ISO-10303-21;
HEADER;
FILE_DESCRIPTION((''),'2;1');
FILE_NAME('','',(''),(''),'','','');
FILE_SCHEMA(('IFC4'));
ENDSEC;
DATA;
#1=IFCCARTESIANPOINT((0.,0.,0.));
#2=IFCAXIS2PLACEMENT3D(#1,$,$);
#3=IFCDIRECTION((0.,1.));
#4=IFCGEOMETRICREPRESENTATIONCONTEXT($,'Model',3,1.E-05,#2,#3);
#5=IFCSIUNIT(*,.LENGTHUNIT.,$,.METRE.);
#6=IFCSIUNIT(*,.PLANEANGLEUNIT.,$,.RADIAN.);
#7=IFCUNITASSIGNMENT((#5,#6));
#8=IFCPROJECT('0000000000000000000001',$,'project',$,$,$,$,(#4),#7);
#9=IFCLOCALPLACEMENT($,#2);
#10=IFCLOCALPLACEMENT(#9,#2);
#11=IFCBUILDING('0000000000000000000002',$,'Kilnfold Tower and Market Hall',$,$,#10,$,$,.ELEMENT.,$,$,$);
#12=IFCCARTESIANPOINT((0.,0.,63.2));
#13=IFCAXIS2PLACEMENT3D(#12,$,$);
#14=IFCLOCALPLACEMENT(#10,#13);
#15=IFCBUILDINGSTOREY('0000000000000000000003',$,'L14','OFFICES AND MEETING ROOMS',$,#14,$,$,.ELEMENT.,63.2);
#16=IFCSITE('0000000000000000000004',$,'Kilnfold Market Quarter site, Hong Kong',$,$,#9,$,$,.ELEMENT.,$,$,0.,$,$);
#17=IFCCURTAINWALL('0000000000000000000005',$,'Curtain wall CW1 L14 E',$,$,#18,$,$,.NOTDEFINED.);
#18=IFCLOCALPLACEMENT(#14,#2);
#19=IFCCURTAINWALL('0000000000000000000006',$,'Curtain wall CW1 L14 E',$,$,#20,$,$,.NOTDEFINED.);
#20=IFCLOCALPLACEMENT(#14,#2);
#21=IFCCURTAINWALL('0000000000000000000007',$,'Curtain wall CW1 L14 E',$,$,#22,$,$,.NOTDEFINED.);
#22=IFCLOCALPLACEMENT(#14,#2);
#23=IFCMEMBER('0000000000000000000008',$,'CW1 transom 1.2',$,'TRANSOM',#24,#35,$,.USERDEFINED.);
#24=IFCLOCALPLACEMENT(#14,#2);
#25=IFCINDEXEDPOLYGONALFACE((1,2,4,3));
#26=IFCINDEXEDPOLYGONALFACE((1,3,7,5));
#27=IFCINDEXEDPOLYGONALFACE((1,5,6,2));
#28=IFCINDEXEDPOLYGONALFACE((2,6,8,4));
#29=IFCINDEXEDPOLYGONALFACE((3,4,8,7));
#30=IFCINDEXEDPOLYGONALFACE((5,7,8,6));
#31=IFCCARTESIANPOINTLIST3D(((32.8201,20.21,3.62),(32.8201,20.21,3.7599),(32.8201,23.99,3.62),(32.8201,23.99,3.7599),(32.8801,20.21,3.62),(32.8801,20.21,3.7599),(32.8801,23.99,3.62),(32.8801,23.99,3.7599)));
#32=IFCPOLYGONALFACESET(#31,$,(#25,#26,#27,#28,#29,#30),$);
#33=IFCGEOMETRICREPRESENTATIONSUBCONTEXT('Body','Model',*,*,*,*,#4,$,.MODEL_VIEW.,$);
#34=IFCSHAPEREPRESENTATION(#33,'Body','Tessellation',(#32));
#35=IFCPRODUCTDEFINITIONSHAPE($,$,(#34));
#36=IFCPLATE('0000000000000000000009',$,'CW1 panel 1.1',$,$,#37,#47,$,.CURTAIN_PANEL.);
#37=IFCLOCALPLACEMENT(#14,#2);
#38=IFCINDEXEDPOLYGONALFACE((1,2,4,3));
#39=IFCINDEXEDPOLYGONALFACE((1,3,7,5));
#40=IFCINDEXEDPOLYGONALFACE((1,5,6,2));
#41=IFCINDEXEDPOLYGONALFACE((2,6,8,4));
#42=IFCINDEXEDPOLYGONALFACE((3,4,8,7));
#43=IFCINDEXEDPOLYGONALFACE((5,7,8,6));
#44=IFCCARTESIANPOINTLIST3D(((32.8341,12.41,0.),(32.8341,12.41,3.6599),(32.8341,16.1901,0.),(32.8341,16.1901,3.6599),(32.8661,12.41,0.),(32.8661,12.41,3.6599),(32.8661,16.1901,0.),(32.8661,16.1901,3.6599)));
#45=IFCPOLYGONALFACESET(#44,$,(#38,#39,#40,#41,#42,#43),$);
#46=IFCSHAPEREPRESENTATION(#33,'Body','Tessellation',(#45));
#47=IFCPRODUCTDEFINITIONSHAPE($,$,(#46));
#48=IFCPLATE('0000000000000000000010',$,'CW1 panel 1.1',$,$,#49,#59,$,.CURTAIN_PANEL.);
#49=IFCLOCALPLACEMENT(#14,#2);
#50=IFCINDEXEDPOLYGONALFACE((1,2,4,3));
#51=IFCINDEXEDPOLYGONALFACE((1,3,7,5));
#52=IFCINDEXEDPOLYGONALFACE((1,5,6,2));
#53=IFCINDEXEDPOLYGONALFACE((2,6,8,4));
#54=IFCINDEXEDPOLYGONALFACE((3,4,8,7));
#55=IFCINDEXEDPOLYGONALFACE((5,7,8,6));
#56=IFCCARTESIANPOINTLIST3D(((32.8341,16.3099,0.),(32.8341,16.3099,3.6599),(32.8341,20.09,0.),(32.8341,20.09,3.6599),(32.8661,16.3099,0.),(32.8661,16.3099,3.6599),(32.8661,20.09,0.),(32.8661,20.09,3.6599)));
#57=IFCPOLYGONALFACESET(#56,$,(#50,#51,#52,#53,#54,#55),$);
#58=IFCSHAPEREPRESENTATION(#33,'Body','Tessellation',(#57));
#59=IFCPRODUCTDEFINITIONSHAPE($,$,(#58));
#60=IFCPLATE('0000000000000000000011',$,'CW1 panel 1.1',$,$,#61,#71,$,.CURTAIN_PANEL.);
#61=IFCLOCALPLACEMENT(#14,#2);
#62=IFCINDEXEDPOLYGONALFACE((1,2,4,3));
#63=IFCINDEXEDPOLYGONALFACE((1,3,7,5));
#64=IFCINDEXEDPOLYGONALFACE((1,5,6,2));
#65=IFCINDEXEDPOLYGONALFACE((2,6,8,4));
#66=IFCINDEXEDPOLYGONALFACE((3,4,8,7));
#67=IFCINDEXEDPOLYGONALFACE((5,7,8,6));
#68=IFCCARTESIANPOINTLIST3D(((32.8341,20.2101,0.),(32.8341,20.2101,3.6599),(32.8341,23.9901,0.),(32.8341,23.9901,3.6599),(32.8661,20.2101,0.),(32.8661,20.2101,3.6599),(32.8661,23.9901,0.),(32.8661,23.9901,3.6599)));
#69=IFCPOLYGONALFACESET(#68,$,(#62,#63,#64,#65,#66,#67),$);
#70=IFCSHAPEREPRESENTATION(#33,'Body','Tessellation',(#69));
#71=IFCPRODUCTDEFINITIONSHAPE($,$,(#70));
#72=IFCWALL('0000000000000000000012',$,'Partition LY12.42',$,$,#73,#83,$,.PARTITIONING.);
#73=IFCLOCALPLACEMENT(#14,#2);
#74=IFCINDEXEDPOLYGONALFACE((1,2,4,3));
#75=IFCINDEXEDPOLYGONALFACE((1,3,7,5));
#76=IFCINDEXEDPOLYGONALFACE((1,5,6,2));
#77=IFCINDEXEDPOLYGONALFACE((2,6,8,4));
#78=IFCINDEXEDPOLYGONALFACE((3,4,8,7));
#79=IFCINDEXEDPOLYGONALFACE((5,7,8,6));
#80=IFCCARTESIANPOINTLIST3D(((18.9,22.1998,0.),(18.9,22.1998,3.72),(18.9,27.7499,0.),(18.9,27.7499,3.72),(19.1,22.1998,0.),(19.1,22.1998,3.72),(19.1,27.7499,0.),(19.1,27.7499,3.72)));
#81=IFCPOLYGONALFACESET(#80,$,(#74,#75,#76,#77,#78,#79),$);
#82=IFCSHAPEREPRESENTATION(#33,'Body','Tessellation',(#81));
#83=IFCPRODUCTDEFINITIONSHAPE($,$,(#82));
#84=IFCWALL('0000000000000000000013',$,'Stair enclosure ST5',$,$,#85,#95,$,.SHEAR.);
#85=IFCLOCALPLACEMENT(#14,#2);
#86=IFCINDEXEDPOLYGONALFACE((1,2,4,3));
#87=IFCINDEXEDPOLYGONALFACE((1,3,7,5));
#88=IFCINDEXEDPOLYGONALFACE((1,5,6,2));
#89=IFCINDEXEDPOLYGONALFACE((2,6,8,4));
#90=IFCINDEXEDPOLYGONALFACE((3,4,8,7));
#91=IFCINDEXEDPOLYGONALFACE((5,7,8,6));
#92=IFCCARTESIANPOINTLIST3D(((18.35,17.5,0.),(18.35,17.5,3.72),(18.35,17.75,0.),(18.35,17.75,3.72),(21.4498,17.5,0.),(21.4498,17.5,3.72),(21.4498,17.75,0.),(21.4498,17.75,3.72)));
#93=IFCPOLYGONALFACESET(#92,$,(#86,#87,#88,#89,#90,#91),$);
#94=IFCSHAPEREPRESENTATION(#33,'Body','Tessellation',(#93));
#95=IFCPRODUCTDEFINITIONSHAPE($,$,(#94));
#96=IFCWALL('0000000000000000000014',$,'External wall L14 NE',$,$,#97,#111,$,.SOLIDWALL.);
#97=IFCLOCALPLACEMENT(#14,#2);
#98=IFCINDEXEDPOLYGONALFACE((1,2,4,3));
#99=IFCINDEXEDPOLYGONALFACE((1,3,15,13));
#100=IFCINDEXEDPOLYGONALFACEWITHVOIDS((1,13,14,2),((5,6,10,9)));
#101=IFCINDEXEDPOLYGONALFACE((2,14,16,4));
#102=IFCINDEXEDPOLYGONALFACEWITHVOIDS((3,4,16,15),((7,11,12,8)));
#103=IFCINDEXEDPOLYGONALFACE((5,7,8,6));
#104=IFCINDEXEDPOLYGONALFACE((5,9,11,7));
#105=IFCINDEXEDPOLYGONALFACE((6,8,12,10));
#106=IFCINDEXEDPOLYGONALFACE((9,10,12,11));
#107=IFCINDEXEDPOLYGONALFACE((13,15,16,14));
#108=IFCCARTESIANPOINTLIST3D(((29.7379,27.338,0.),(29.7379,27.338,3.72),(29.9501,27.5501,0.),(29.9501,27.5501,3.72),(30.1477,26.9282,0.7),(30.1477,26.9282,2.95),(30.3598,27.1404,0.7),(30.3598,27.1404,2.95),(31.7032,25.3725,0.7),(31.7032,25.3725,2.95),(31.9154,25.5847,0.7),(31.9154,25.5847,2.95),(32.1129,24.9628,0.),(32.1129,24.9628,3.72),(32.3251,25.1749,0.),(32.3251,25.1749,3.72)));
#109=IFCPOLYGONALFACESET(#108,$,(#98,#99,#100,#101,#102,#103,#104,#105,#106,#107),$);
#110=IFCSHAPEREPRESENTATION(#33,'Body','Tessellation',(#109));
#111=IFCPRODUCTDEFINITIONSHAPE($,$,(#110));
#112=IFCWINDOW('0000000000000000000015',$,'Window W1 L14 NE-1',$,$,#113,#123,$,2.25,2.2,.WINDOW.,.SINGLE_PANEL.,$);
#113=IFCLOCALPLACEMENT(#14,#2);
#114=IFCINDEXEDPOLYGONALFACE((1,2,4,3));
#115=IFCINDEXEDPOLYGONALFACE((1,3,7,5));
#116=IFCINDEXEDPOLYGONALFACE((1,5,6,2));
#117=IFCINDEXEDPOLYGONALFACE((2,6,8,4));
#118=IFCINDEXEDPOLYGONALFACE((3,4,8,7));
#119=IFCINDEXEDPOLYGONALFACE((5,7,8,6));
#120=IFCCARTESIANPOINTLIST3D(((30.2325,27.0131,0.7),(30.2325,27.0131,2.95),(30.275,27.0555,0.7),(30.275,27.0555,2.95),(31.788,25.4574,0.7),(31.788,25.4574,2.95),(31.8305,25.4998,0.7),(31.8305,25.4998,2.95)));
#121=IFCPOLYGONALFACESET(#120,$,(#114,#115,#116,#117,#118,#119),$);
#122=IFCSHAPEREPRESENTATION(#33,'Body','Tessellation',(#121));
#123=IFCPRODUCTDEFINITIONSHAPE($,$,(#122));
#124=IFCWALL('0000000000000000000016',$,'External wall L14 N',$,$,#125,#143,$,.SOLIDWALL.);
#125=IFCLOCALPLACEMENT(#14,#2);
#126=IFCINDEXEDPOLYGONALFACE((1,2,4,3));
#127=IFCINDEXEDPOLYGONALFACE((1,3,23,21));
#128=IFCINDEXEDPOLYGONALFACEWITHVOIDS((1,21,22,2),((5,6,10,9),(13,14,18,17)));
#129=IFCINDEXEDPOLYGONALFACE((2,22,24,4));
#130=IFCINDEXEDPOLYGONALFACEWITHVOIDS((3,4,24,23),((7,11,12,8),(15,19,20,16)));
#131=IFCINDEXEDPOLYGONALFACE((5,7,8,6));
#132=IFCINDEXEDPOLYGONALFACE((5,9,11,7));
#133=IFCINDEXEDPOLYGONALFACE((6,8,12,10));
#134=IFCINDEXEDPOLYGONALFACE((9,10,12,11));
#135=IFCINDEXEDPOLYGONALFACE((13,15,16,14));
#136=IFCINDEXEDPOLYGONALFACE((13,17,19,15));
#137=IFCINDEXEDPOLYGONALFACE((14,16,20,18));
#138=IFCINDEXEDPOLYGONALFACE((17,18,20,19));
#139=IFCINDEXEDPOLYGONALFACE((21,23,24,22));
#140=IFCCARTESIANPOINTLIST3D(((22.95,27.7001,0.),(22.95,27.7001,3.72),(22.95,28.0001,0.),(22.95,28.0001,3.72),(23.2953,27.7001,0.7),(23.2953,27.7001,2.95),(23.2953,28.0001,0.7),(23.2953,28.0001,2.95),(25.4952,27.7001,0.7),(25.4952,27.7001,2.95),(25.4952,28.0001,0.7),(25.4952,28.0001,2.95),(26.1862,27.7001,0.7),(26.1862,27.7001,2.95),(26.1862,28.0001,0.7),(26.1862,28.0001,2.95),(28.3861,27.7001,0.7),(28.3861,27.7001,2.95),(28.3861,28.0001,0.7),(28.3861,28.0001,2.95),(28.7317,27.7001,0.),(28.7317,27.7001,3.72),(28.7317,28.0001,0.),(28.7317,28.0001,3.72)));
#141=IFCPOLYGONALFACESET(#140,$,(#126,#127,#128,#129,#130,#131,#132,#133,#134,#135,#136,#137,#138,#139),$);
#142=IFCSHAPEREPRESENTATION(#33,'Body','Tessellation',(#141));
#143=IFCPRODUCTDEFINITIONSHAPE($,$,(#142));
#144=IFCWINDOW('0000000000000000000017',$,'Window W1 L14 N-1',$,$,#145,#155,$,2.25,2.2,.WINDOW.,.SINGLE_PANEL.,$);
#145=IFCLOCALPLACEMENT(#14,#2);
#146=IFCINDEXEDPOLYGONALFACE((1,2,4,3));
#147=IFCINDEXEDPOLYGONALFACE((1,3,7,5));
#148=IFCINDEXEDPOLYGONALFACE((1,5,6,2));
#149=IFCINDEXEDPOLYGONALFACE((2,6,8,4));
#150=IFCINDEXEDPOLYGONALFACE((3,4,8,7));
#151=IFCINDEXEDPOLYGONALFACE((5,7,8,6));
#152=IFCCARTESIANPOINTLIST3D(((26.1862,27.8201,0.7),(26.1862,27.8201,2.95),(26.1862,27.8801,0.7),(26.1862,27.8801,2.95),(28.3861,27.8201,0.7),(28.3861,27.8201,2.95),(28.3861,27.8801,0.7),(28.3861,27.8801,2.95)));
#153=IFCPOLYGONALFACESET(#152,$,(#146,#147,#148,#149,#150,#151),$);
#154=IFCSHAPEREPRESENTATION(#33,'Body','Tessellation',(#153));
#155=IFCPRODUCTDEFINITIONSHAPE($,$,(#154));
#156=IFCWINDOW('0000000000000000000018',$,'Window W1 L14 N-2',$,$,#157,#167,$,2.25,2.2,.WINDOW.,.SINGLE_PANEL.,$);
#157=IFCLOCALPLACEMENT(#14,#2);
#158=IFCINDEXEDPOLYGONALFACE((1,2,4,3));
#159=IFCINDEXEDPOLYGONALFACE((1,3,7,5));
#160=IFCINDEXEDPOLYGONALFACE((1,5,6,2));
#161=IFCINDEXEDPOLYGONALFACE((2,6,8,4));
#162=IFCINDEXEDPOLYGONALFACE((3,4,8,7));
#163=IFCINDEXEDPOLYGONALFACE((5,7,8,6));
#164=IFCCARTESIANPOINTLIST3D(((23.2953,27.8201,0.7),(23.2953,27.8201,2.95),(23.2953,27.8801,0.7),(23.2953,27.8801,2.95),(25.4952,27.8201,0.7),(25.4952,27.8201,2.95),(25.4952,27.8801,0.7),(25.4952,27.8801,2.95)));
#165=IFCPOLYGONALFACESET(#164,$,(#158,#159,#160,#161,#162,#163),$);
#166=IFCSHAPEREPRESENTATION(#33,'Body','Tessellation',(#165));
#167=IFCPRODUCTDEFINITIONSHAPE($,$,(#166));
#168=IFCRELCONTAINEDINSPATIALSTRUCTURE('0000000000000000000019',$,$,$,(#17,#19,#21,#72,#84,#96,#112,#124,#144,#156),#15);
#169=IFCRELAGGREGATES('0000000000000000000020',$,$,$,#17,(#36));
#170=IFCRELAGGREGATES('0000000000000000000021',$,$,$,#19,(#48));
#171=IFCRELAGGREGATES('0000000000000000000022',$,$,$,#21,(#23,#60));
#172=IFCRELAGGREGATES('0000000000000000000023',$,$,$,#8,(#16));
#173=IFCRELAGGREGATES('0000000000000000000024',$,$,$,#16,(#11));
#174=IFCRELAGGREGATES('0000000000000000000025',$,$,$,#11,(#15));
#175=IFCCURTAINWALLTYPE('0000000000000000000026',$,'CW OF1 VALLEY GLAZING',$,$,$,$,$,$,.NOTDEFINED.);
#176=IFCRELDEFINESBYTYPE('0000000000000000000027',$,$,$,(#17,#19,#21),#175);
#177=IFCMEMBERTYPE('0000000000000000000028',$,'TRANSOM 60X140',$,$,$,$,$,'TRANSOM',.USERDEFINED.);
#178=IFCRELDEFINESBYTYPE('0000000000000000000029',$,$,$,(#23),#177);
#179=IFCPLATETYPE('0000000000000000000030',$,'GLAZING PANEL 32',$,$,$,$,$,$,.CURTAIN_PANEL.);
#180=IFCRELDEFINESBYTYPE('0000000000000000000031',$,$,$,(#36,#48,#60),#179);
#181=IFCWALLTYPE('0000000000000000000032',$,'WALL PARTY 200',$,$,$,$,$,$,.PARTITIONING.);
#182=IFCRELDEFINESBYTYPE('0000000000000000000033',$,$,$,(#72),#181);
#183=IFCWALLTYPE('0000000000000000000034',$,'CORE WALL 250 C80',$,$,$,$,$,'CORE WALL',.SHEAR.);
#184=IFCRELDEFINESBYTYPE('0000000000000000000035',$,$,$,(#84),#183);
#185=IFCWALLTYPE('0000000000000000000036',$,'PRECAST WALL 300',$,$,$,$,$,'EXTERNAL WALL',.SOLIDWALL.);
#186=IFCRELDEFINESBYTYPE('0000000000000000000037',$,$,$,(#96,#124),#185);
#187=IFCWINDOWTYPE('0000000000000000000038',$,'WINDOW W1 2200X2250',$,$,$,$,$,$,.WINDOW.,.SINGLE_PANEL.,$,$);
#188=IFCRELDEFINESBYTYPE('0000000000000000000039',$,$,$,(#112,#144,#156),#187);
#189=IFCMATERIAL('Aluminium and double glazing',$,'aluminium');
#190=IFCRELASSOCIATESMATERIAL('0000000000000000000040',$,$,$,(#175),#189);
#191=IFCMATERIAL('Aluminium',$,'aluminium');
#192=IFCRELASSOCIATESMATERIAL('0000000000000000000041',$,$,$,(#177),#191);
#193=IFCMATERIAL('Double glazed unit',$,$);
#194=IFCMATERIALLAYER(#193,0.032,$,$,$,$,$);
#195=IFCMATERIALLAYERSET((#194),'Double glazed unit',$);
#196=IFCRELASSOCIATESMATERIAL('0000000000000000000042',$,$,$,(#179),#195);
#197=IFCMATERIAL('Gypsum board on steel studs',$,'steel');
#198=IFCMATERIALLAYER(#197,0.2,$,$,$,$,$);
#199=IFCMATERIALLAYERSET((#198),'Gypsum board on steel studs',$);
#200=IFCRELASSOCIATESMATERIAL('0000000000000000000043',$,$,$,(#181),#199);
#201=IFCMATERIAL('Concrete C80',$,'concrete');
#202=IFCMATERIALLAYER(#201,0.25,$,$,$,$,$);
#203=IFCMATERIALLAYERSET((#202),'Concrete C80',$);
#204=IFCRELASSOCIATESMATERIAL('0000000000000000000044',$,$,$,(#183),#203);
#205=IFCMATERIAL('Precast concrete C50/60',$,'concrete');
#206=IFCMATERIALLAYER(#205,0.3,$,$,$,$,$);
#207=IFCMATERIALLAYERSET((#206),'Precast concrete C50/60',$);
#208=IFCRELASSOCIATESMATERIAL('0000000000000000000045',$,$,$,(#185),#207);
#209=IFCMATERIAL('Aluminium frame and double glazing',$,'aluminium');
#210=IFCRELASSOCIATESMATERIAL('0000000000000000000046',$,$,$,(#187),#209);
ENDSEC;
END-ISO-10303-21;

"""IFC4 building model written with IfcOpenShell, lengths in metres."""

from ifc_helpers import new_model, si_unit, direction, frame, frame_2d, origin, origin_2d, place, context, subcontext, project, spatial, rectangle, extrude, source, transform, mapped, material, layer, layer_set, material_profile, profile_set, type_object, element, fill, aggregate, save


model = new_model("IFC4")

# Units and contexts
model_context = context("Model", 3, precision=1e-05, world=origin(), true_north=direction((0.0, 1.0)))
body_context = subcontext(model_context, "Body", "Model", "MODEL_VIEW")
ifc_project = project(units=[si_unit("LENGTHUNIT", "METRE"), si_unit("PLANEANGLEUNIT", "RADIAN")], contexts=[model_context])

# Site, building, storey
site_placement = place(None, origin())
site = spatial("IfcSite", under=ifc_project, at=site_placement, Name="Kilnfold Market Quarter site, Hong Kong", CompositionType="ELEMENT", RefElevation=0.0)
building_placement = place(site_placement, origin())
building = spatial("IfcBuilding", under=site, at=building_placement, Name="Kilnfold Tower and Market Hall", CompositionType="ELEMENT")
storey_placement = place(building_placement, frame((0.0, 0.0, 63.2)))
storey = spatial("IfcBuildingStorey", under=building, at=storey_placement, Name="L14", Description="OFFICES AND MEETING ROOMS", CompositionType="ELEMENT", Elevation=63.2)

# Shared definitions
ifc_material_1 = material(Name="Aluminium and double glazing", Category="aluminium")
curtain_wall_type = type_object("IfcCurtainWallType", Name="CW OF1 VALLEY GLAZING", PredefinedType="NOTDEFINED", material=ifc_material_1)

# Curtain walls
curtain_wall_1_placement = place(storey_placement, origin())
curtain_wall_1 = element("IfcCurtainWall", 1, at=curtain_wall_1_placement, inside=storey, type_object=curtain_wall_type, Name="Curtain wall CW1 L14 E", PredefinedType="NOTDEFINED")
curtain_wall_2_placement = place(storey_placement, origin())
curtain_wall_2 = element("IfcCurtainWall", 2, at=curtain_wall_2_placement, inside=storey, type_object=curtain_wall_type, Name="Curtain wall CW1 L14 E", PredefinedType="NOTDEFINED")
curtain_wall_3_placement = place(storey_placement, origin())
curtain_wall_3 = element("IfcCurtainWall", 3, at=curtain_wall_3_placement, inside=storey, type_object=curtain_wall_type, Name="Curtain wall CW1 L14 E", PredefinedType="NOTDEFINED")

# Member
ifc_material_2 = material(Name="Aluminium", Category="aluminium")
ifc_material_profile_1 = material_profile(ifc_material_2, rectangle(XDim=0.0601, YDim=0.1399, at=origin_2d()), Name="TRANSOM 60x140")
ifc_profile_set_1 = profile_set([ifc_material_profile_1], Name="Aluminium")
member_type_1 = type_object("IfcMemberType", Name="TRANSOM 60X140", ElementType="TRANSOM", PredefinedType="USERDEFINED", material=ifc_profile_set_1)
shared_shape_1 = source(origin(), body_context, "Body", "SweptSolid", [
    extrude(rectangle(XDim=0.0601, YDim=0.1399, at=origin_2d()), origin(), (0.0, 0.0, 1.0), 3.78),
])
member_1_placement = place(storey_placement, frame((32.8501, 20.21, 3.6899), z_axis=(0.0, 1.0, 0.0), x_axis=(-1.0, 0.0, 0.0)))
member_1 = element("IfcMember", 4, at=member_1_placement, type_object=member_type_1, Name="CW1 transom 1.2", ObjectType="TRANSOM", PredefinedType="USERDEFINED", context=body_context, shape_type="MappedRepresentation", body=[
    mapped(shared_shape_1, transform((0.0, 0.0, 0.0))),
])

# Plates
ifc_material_3 = material(Name="Double glazed unit")
ifc_layer_1 = layer(ifc_material_3, 0.032)
ifc_layer_set_1 = layer_set([ifc_layer_1], Name="Double glazed unit")
plate_type = type_object("IfcPlateType", Name="GLAZING PANEL 32", PredefinedType="CURTAIN_PANEL", material=ifc_layer_set_1)
shared_shape_2 = source(origin(), body_context, "Body", "SweptSolid", [
    extrude(rectangle(XDim=3.78, YDim=0.032, at=origin_2d()), origin(), (0.0, 0.0, 1.0), 3.6599),
])
plate_1_placement = place(storey_placement, frame((32.8501, 14.3, 0.0), z_axis=(0.0, 0.0, 1.0), x_axis=(0.0, 1.0, 0.0)))
plate_1 = element("IfcPlate", 5, at=plate_1_placement, type_object=plate_type, Name="CW1 panel 1.1", PredefinedType="CURTAIN_PANEL", context=body_context, shape_type="MappedRepresentation", body=[
    mapped(shared_shape_2, transform((0.0, 0.0, 0.0))),
])
aggregate(curtain_wall_1, [plate_1])
plate_2_placement = place(storey_placement, frame((32.8501, 18.2, 0.0), z_axis=(0.0, 0.0, 1.0), x_axis=(0.0, 1.0, 0.0)))
plate_2 = element("IfcPlate", 6, at=plate_2_placement, type_object=plate_type, Name="CW1 panel 1.1", PredefinedType="CURTAIN_PANEL", context=body_context, shape_type="MappedRepresentation", body=[
    mapped(shared_shape_2, transform((0.0, 0.0, 0.0))),
])
aggregate(curtain_wall_2, [plate_2])
plate_3_placement = place(storey_placement, frame((32.8501, 22.1001, 0.0), z_axis=(0.0, 0.0, 1.0), x_axis=(0.0, 1.0, 0.0)))
plate_3 = element("IfcPlate", 7, at=plate_3_placement, type_object=plate_type, Name="CW1 panel 1.1", PredefinedType="CURTAIN_PANEL", context=body_context, shape_type="MappedRepresentation", body=[
    mapped(shared_shape_2, transform((0.0, 0.0, 0.0))),
])
aggregate(curtain_wall_3, [member_1, plate_3])

# Walls
ifc_material_4 = material(Name="Gypsum board on steel studs", Category="steel")
ifc_layer_2 = layer(ifc_material_4, 0.2)
ifc_layer_set_2 = layer_set([ifc_layer_2], Name="Gypsum board on steel studs")
wall_type_1 = type_object("IfcWallType", Name="WALL PARTY 200", PredefinedType="PARTITIONING", material=ifc_layer_set_2)
wall_1_placement = place(storey_placement, frame((19.0, 22.2, 0.0), z_axis=(0.0, 0.0, 1.0), x_axis=(0.0, 1.0, 0.0)))
element("IfcWall", 8, at=wall_1_placement, inside=storey, type_object=wall_type_1, Name="Partition LY12.42", PredefinedType="PARTITIONING", context=body_context, shape_type="SweptSolid", body=[
    extrude(rectangle(XDim=5.55, YDim=0.2, at=frame_2d((2.7749, 0.0))), origin(), (0.0, 0.0, 1.0), 3.72),
])
ifc_material_5 = material(Name="Concrete C80", Category="concrete")
ifc_layer_3 = layer(ifc_material_5, 0.25)
ifc_layer_set_3 = layer_set([ifc_layer_3], Name="Concrete C80")
wall_type_2 = type_object("IfcWallType", Name="CORE WALL 250 C80", ElementType="CORE WALL", PredefinedType="SHEAR", material=ifc_layer_set_3)
shared_shape_3 = source(origin(), body_context, "Body", "SweptSolid", [
    extrude(rectangle(XDim=3.0999, YDim=0.25, at=frame_2d((1.5498, 0.0))), origin(), (0.0, 0.0, 1.0), 3.72),
])
wall_2_placement = place(storey_placement, frame((18.3501, 17.625, 0.0), z_axis=(0.0, 0.0, 1.0), x_axis=(1.0, 0.0, 0.0)))
element("IfcWall", 9, at=wall_2_placement, inside=storey, type_object=wall_type_2, Name="Stair enclosure ST5", PredefinedType="SHEAR", context=body_context, shape_type="MappedRepresentation", body=[
    mapped(shared_shape_3, transform((0.0, 0.0, 0.0))),
])

# Wall, opening, window
ifc_material_6 = material(Name="Precast concrete C50/60", Category="concrete")
ifc_layer_4 = layer(ifc_material_6, 0.3)
ifc_layer_set_4 = layer_set([ifc_layer_4], Name="Precast concrete C50/60")
wall_type_3 = type_object("IfcWallType", Name="PRECAST WALL 300", ElementType="EXTERNAL WALL", PredefinedType="SOLIDWALL", material=ifc_layer_set_4)
shared_shape_4 = source(origin(), body_context, "Body", "SweptSolid", [
    extrude(rectangle(XDim=3.3589, YDim=0.3, at=frame_2d((1.6794, 0.0))), origin(), (0.0, 0.0, 1.0), 3.72),
])
wall_3_placement = place(storey_placement, frame((32.219, 25.0688, 0.0), z_axis=(0.0, 0.0, 1.0), x_axis=(-0.70707, 0.707143, 0.0)))
wall_3 = element("IfcWall", 10, at=wall_3_placement, inside=storey, type_object=wall_type_3, Name="External wall L14 NE", PredefinedType="SOLIDWALL", context=body_context, shape_type="MappedRepresentation", body=[
    mapped(shared_shape_4, transform((0.0, 0.0, 0.0))),
])
opening_1_placement = place(wall_3_placement, frame((0.5793, 0.0, 0.7)))
opening_1 = element("IfcOpeningElement", 11, at=opening_1_placement, cuts=wall_3, PredefinedType="OPENING", context=body_context, shape_type="SweptSolid", body=[
    extrude(rectangle(XDim=2.2, YDim=2.25, at=frame_2d((1.1001, 1.125))), frame((0.0, 0.1602, 0.0), z_axis=(0.0, -1.0, 0.0), x_axis=(1.0, 0.0, 0.0)), (0.0, 0.0, 1.0), 0.3201),
])
ifc_material_7 = material(Name="Aluminium frame and double glazing", Category="aluminium")
window_type = type_object("IfcWindowType", Name="WINDOW W1 2200X2250", PartitioningType="SINGLE_PANEL", PredefinedType="WINDOW", material=ifc_material_7)
window_1_placement = place(opening_1_placement, origin())
window_1 = element("IfcWindow", 12, at=window_1_placement, inside=storey, type_object=window_type, Name="Window W1 L14 NE-1", OverallHeight=2.25, OverallWidth=2.2, PartitioningType="SINGLE_PANEL", PredefinedType="WINDOW", context=body_context, shape_type="SweptSolid", body=[
    extrude(rectangle(XDim=2.2, YDim=2.25, at=frame_2d((1.1001, 1.125))), frame((0.0, 0.03, 0.0), z_axis=(0.0, -1.0, 0.0), x_axis=(1.0, 0.0, 0.0)), (0.0, 0.0, 1.0), 0.0601),
])
fill(opening_1, window_1)

# Wall, openings, windows
shared_shape_5 = source(origin(), body_context, "Body", "SweptSolid", [
    extrude(rectangle(XDim=5.7817, YDim=0.3, at=frame_2d((2.8909, 0.0))), origin(), (0.0, 0.0, 1.0), 3.72),
])
wall_4_placement = place(storey_placement, frame((28.7317, 27.8501, 0.0), z_axis=(0.0, 0.0, 1.0), x_axis=(-1.0, 0.0, 0.0)))
wall_4 = element("IfcWall", 13, at=wall_4_placement, inside=storey, type_object=wall_type_3, Name="External wall L14 N", PredefinedType="SOLIDWALL", context=body_context, shape_type="MappedRepresentation", body=[
    mapped(shared_shape_5, transform((0.0, 0.0, 0.0))),
])
opening_2_placement = place(wall_4_placement, frame((0.3455, 0.0, 0.7)))
opening_2 = element("IfcOpeningElement", 14, at=opening_2_placement, cuts=wall_4, PredefinedType="OPENING", context=body_context, shape_type="SweptSolid", body=[
    extrude(rectangle(XDim=2.2, YDim=2.25, at=frame_2d((1.1001, 1.125))), frame((0.0, 0.1602, 0.0), z_axis=(0.0, -1.0, 0.0), x_axis=(1.0, 0.0, 0.0)), (0.0, 0.0, 1.0), 0.3201),
])
opening_3_placement = place(wall_4_placement, frame((3.2363, 0.0, 0.7)))
opening_3 = element("IfcOpeningElement", 15, at=opening_3_placement, cuts=wall_4, PredefinedType="OPENING", context=body_context, shape_type="SweptSolid", body=[
    extrude(rectangle(XDim=2.2, YDim=2.25, at=frame_2d((1.1001, 1.125))), frame((0.0, 0.1602, 0.0), z_axis=(0.0, -1.0, 0.0), x_axis=(1.0, 0.0, 0.0)), (0.0, 0.0, 1.0), 0.3201),
])
window_2_placement = place(opening_2_placement, origin())
window_2 = element("IfcWindow", 16, at=window_2_placement, inside=storey, type_object=window_type, Name="Window W1 L14 N-1", OverallHeight=2.25, OverallWidth=2.2, PartitioningType="SINGLE_PANEL", PredefinedType="WINDOW", context=body_context, shape_type="SweptSolid", body=[
    extrude(rectangle(XDim=2.2, YDim=2.25, at=frame_2d((1.1001, 1.125))), frame((0.0, 0.03, 0.0), z_axis=(0.0, -1.0, 0.0), x_axis=(1.0, 0.0, 0.0)), (0.0, 0.0, 1.0), 0.0601),
])
fill(opening_2, window_2)
window_3_placement = place(opening_3_placement, origin())
window_3 = element("IfcWindow", 17, at=window_3_placement, inside=storey, type_object=window_type, Name="Window W1 L14 N-2", OverallHeight=2.25, OverallWidth=2.2, PartitioningType="SINGLE_PANEL", PredefinedType="WINDOW", context=body_context, shape_type="SweptSolid", body=[
    extrude(rectangle(XDim=2.2, YDim=2.25, at=frame_2d((1.1001, 1.125))), frame((0.0, 0.03, 0.0), z_axis=(0.0, -1.0, 0.0), x_axis=(1.0, 0.0, 0.0)), (0.0, 0.0, 1.0), 0.0601),
])
fill(opening_3, window_3)

save(model, "model.ifc")
